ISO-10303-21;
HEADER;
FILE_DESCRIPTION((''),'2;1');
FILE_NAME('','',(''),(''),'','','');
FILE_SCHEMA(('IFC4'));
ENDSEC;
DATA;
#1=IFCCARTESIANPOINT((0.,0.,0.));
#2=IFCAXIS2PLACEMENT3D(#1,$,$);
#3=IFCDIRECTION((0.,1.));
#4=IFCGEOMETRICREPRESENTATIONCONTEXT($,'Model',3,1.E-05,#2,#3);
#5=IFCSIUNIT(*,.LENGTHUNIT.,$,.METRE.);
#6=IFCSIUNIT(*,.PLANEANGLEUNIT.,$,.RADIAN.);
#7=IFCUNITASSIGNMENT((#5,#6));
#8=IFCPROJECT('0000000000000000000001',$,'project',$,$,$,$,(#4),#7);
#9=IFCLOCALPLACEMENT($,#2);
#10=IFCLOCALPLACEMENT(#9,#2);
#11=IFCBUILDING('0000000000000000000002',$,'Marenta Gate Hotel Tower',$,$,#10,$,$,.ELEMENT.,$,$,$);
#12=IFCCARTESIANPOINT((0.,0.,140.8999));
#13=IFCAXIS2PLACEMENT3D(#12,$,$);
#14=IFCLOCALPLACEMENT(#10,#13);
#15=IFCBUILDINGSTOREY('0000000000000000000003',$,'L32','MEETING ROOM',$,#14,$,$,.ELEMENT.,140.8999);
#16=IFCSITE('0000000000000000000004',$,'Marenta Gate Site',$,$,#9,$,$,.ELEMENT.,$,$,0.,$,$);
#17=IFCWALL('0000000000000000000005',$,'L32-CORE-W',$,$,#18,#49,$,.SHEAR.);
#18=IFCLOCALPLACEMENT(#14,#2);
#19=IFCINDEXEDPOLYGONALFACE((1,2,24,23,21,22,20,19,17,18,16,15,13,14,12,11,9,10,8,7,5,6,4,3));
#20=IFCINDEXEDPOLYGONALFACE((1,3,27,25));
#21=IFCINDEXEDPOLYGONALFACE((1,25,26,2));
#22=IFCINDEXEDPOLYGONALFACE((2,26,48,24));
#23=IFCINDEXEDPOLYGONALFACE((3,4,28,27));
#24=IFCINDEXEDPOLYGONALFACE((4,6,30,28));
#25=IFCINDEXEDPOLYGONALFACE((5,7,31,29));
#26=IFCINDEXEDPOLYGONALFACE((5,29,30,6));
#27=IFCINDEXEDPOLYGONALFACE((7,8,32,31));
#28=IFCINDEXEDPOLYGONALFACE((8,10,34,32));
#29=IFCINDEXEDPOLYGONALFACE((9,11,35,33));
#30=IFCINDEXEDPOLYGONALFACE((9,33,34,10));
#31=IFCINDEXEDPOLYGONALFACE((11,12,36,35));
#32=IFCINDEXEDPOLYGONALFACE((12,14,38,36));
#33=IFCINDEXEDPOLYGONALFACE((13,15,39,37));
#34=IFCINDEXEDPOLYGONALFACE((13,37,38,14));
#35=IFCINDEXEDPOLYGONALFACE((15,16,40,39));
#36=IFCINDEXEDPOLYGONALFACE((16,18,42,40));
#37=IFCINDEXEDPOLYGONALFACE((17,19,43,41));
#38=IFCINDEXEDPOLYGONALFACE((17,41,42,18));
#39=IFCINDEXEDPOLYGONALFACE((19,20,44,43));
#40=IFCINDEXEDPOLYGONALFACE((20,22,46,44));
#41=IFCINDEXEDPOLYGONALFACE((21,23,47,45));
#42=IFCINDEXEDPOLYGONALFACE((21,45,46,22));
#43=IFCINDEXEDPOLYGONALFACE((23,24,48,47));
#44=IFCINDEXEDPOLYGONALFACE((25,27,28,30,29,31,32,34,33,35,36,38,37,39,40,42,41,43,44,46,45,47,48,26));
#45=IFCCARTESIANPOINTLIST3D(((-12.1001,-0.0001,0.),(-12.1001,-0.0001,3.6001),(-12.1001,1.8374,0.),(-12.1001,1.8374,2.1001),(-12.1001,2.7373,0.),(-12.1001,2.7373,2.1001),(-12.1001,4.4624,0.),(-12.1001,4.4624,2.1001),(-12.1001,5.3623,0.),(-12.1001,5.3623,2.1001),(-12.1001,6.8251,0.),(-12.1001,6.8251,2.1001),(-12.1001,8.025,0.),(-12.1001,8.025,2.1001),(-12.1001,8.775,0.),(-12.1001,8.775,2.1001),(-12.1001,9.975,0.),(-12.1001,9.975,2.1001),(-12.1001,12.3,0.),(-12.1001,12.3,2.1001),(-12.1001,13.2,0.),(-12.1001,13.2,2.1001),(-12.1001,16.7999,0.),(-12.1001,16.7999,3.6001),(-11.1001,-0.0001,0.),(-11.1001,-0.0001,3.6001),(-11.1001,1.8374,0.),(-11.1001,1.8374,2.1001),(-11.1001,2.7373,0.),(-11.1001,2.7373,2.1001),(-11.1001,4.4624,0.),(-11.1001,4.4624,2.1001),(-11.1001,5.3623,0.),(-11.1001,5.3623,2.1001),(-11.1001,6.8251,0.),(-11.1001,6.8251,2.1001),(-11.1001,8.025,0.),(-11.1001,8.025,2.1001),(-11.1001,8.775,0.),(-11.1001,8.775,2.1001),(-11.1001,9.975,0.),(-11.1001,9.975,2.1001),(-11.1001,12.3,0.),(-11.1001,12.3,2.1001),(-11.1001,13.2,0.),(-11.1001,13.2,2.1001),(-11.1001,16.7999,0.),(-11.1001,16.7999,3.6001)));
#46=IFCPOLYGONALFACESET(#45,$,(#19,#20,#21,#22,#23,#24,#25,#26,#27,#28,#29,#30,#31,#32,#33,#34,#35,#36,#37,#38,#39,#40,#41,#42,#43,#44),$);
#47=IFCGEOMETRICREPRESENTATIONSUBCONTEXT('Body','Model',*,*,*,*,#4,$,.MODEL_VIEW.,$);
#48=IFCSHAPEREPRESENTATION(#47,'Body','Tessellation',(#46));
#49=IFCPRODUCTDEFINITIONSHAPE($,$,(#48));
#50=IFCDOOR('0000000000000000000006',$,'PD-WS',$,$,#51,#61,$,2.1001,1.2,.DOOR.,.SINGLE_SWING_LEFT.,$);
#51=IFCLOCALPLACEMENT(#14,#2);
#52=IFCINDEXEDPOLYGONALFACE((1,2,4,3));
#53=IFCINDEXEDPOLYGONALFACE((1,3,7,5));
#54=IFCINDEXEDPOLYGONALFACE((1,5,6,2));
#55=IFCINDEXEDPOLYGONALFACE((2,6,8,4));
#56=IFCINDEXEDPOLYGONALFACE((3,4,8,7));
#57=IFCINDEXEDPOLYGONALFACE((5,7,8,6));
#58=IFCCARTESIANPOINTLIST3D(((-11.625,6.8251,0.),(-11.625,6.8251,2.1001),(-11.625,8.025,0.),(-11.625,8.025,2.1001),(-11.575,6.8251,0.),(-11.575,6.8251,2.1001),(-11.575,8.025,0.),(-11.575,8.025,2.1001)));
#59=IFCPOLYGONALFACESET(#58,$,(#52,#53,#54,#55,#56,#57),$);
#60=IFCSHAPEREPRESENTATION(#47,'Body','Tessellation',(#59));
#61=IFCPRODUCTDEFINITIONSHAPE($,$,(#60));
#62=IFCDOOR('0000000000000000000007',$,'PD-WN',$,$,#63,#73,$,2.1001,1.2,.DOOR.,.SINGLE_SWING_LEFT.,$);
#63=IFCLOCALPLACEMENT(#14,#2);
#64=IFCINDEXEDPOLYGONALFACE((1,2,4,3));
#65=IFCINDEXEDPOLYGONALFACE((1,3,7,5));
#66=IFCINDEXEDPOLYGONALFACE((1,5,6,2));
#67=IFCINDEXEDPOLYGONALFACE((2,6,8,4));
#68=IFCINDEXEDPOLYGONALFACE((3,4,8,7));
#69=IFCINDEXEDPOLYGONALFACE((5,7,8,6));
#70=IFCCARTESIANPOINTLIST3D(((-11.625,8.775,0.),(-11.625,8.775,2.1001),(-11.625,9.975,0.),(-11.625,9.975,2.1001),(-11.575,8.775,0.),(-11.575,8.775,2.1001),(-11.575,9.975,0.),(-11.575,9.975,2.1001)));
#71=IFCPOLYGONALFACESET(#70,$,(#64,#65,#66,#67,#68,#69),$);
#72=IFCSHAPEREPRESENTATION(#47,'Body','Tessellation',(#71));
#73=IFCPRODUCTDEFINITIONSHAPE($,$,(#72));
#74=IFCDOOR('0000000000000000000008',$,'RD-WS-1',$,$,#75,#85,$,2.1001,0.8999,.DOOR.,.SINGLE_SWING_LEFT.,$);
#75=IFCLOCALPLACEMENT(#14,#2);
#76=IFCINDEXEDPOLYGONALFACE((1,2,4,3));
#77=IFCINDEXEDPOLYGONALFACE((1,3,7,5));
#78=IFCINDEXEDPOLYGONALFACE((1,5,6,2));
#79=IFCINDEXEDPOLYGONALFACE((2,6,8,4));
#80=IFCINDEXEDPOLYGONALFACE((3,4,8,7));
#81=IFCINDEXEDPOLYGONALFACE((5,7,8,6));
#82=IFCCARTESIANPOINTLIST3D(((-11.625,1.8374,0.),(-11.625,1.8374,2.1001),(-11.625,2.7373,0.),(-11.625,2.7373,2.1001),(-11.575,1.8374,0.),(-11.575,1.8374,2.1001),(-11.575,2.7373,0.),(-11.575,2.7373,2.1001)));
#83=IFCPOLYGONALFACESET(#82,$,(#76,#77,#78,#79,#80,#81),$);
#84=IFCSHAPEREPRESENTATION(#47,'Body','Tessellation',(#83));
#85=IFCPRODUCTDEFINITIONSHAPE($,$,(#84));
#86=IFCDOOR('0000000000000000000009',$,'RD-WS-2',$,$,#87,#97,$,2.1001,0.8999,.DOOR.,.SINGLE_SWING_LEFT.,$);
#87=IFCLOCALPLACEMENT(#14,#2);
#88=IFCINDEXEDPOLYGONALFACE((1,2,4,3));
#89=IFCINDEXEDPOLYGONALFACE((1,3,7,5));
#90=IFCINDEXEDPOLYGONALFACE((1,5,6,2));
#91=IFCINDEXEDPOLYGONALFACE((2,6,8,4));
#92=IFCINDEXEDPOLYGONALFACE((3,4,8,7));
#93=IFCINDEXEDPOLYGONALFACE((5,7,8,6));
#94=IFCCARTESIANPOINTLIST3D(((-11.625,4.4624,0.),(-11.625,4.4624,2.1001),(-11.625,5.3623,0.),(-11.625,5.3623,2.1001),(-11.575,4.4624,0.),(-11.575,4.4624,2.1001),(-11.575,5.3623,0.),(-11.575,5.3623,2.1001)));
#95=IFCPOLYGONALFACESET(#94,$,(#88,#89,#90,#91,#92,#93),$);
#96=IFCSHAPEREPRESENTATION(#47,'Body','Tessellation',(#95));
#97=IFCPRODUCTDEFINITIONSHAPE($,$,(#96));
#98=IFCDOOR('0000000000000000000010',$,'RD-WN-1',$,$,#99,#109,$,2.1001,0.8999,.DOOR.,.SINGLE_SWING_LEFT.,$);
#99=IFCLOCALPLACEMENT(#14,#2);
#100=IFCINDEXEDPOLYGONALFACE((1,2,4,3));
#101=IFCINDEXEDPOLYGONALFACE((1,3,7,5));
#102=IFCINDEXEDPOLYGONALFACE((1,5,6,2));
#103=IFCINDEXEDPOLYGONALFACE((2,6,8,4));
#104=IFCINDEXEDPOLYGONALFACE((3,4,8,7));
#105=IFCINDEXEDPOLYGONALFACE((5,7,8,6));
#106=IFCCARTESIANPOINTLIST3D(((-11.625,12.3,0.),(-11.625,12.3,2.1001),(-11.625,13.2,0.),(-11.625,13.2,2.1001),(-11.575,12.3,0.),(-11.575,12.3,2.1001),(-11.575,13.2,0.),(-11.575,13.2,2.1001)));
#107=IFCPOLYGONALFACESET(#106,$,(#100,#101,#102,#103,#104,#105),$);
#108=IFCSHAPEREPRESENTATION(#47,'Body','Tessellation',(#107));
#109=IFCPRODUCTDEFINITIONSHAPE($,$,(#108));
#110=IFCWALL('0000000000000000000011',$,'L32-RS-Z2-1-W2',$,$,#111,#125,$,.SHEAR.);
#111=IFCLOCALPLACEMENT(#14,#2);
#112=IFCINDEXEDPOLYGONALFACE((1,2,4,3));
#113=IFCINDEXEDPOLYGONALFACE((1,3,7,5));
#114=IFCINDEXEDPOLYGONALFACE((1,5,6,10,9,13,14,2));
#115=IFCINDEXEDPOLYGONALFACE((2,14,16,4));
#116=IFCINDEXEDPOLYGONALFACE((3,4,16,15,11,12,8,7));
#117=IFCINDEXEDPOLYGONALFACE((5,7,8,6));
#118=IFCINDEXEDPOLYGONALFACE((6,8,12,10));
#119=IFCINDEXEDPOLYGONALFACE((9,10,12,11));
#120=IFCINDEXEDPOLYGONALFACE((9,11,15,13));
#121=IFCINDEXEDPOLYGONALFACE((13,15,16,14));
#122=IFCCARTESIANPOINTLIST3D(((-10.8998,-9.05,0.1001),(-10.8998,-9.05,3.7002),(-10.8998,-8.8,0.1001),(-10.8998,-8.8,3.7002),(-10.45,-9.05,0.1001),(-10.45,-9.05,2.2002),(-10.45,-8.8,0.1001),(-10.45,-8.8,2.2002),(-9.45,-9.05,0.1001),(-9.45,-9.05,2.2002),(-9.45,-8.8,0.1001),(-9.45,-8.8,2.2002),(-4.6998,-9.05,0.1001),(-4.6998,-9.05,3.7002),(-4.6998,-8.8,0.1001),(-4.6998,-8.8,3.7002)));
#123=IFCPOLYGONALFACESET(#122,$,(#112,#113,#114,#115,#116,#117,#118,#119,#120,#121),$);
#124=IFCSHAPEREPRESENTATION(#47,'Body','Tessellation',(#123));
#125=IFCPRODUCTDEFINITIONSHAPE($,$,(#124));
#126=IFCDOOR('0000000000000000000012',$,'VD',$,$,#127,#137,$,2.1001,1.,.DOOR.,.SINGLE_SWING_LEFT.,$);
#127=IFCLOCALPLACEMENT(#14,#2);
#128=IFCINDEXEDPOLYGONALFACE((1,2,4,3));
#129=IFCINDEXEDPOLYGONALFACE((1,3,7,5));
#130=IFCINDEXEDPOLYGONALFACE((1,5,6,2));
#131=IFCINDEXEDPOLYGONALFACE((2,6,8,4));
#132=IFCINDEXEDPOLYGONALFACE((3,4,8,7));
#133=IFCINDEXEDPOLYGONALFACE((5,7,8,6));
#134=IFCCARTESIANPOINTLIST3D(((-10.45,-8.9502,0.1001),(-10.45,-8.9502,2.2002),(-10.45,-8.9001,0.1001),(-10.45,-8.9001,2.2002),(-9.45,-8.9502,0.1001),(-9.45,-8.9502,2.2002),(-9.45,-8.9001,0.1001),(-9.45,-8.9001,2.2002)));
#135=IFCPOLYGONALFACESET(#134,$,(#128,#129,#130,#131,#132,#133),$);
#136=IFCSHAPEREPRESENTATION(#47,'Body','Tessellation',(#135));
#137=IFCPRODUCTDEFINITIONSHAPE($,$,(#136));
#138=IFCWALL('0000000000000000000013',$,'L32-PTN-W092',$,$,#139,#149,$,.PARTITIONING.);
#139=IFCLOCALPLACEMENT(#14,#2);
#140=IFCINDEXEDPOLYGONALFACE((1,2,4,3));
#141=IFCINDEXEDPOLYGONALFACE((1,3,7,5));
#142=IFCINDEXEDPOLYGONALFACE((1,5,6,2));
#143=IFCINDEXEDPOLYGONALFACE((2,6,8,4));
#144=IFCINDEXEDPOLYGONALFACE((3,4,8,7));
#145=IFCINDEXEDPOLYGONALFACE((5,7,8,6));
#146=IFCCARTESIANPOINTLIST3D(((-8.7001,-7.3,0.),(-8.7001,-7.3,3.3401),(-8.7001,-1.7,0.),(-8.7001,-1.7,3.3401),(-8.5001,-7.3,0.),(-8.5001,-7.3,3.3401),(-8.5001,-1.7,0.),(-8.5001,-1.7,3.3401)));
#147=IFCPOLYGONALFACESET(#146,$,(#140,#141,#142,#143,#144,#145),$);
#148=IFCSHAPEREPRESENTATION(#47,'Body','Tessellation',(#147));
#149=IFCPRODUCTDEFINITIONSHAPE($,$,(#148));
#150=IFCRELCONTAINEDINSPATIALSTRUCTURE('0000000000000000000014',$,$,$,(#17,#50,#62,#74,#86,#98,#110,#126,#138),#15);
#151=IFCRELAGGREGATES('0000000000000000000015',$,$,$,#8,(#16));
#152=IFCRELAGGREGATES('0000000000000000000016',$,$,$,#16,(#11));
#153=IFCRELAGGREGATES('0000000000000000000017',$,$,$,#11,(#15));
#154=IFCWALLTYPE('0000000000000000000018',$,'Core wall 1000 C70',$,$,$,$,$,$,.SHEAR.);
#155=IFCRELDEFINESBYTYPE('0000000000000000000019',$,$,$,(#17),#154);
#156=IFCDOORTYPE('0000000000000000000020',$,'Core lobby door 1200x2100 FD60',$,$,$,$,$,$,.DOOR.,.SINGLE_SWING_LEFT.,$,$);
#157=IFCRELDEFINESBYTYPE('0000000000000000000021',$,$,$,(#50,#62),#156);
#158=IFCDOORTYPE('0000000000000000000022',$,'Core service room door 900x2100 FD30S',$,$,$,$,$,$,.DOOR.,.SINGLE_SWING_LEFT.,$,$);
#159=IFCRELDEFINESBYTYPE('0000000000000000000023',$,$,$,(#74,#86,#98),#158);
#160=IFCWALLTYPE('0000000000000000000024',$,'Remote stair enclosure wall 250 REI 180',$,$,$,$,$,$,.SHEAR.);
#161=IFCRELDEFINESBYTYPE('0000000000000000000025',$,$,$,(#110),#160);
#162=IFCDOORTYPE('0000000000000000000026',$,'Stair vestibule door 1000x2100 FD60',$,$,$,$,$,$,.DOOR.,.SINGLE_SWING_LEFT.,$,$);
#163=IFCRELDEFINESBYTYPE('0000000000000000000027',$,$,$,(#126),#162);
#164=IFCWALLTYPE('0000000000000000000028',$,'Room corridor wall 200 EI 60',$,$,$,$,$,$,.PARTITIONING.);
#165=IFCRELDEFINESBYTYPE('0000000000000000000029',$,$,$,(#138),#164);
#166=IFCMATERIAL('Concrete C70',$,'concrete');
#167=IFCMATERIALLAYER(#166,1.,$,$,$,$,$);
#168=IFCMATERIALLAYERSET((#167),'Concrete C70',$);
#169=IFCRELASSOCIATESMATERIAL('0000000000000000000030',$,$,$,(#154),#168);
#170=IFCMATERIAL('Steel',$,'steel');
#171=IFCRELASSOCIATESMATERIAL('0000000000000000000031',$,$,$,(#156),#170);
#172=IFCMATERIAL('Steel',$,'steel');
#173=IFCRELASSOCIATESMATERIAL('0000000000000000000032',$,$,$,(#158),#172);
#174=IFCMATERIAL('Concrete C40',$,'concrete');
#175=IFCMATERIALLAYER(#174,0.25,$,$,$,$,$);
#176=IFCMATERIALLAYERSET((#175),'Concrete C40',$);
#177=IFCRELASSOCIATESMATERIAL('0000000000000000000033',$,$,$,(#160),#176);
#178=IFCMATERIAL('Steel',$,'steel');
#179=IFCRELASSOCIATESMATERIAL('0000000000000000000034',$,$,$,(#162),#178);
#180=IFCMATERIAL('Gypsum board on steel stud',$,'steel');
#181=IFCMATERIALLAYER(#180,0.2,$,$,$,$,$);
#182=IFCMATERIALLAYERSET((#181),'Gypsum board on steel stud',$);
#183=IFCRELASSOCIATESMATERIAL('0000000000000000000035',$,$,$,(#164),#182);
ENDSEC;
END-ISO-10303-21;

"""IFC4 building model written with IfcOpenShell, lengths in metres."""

from ifc_helpers import new_model, si_unit, direction, frame, frame_2d, origin, place, context, subcontext, project, spatial, rectangle, extrude, material, layer, layer_set, type_object, element, fill, save


model = new_model("IFC4")

# Units and contexts
model_context = context("Model", 3, precision=1e-05, world=origin(), true_north=direction((0.0, 1.0)))
body_context = subcontext(model_context, "Body", "Model", "MODEL_VIEW")
ifc_project = project(units=[si_unit("LENGTHUNIT", "METRE"), si_unit("PLANEANGLEUNIT", "RADIAN")], contexts=[model_context])

# Site, building, storey
site_placement = place(None, origin())
site = spatial("IfcSite", under=ifc_project, at=site_placement, Name="Marenta Gate Site", CompositionType="ELEMENT", RefElevation=0.0)
building_placement = place(site_placement, origin())
building = spatial("IfcBuilding", under=site, at=building_placement, Name="Marenta Gate Hotel Tower", CompositionType="ELEMENT")
storey_placement = place(building_placement, frame((0.0, 0.0, 140.8999)))
storey = spatial("IfcBuildingStorey", under=building, at=storey_placement, Name="L32", Description="MEETING ROOM", CompositionType="ELEMENT", Elevation=140.8999)

# Wall, openings, doors
ifc_material_1 = material(Name="Concrete C70", Category="concrete")
ifc_layer_1 = layer(ifc_material_1, 1.0)
ifc_layer_set_1 = layer_set([ifc_layer_1], Name="Concrete C70")
wall_type_1 = type_object("IfcWallType", Name="Core wall 1000 C70", PredefinedType="SHEAR", material=ifc_layer_set_1)
wall_1_placement = place(storey_placement, frame((-11.6001, 0.0, 0.0), z_axis=(0.0, 0.0, 1.0), x_axis=(0.0, 1.0, 0.0)))
wall_1 = element("IfcWall", 1, at=wall_1_placement, inside=storey, type_object=wall_type_1, Name="L32-CORE-W", PredefinedType="SHEAR", context=body_context, shape_type="SweptSolid", body=[
    extrude(rectangle(XDim=16.8, YDim=1.0, at=frame_2d((8.3999, 0.0))), origin(), (0.0, 0.0, 1.0), 3.6001),
])
opening_1_placement = place(wall_1_placement, frame((1.8374, 0.0, 0.0)))
opening_1 = element("IfcOpeningElement", 2, at=opening_1_placement, cuts=wall_1, PredefinedType="OPENING", context=body_context, shape_type="SweptSolid", body=[
    extrude(rectangle(XDim=0.8999, YDim=2.1001, at=frame_2d((0.45, 1.05))), frame((0.0, 0.5, 0.0), z_axis=(0.0, -1.0, 0.0), x_axis=(1.0, 0.0, 0.0)), (0.0, 0.0, 1.0), 1.0),
])
opening_2_placement = place(wall_1_placement, frame((4.4624, 0.0, 0.0)))
opening_2 = element("IfcOpeningElement", 3, at=opening_2_placement, cuts=wall_1, PredefinedType="OPENING", context=body_context, shape_type="SweptSolid", body=[
    extrude(rectangle(XDim=0.8999, YDim=2.1001, at=frame_2d((0.45, 1.05))), frame((0.0, 0.5, 0.0), z_axis=(0.0, -1.0, 0.0), x_axis=(1.0, 0.0, 0.0)), (0.0, 0.0, 1.0), 1.0),
])
opening_3_placement = place(wall_1_placement, frame((6.825, 0.0, 0.0)))
opening_3 = element("IfcOpeningElement", 4, at=opening_3_placement, cuts=wall_1, PredefinedType="OPENING", context=body_context, shape_type="SweptSolid", body=[
    extrude(rectangle(XDim=1.2, YDim=2.1001, at=frame_2d((0.6001, 1.05))), frame((0.0, 0.5, 0.0), z_axis=(0.0, -1.0, 0.0), x_axis=(1.0, 0.0, 0.0)), (0.0, 0.0, 1.0), 1.0),
])
opening_4_placement = place(wall_1_placement, frame((12.3, 0.0, 0.0)))
opening_4 = element("IfcOpeningElement", 5, at=opening_4_placement, cuts=wall_1, PredefinedType="OPENING", context=body_context, shape_type="SweptSolid", body=[
    extrude(rectangle(XDim=0.8999, YDim=2.1001, at=frame_2d((0.45, 1.05))), frame((0.0, 0.5, 0.0), z_axis=(0.0, -1.0, 0.0), x_axis=(1.0, 0.0, 0.0)), (0.0, 0.0, 1.0), 1.0),
])
opening_5_placement = place(wall_1_placement, frame((8.7749, 0.0, 0.0)))
opening_5 = element("IfcOpeningElement", 6, at=opening_5_placement, cuts=wall_1, PredefinedType="OPENING", context=body_context, shape_type="SweptSolid", body=[
    extrude(rectangle(XDim=1.2, YDim=2.1001, at=frame_2d((0.6001, 1.05))), frame((0.0, 0.5, 0.0), z_axis=(0.0, -1.0, 0.0), x_axis=(1.0, 0.0, 0.0)), (0.0, 0.0, 1.0), 1.0),
])
ifc_material_2 = material(Name="Steel", Category="steel")
door_type_1 = type_object("IfcDoorType", Name="Core lobby door 1200x2100 FD60", OperationType="SINGLE_SWING_LEFT", PredefinedType="DOOR", material=ifc_material_2)
door_1_placement = place(opening_3_placement, origin())
door_1 = element("IfcDoor", 7, at=door_1_placement, inside=storey, type_object=door_type_1, Name="PD-WS", OperationType="SINGLE_SWING_LEFT", OverallHeight=2.1001, OverallWidth=1.2, PredefinedType="DOOR", context=body_context, shape_type="SweptSolid", body=[
    extrude(rectangle(XDim=1.2, YDim=2.1001, at=frame_2d((0.6001, 1.05))), frame((0.0, 0.0249, 0.0), z_axis=(0.0, -1.0, 0.0), x_axis=(1.0, 0.0, 0.0)), (0.0, 0.0, 1.0), 0.05),
])
fill(opening_3, door_1)
door_2_placement = place(opening_5_placement, origin())
door_2 = element("IfcDoor", 8, at=door_2_placement, inside=storey, type_object=door_type_1, Name="PD-WN", OperationType="SINGLE_SWING_LEFT", OverallHeight=2.1001, OverallWidth=1.2, PredefinedType="DOOR", context=body_context, shape_type="SweptSolid", body=[
    extrude(rectangle(XDim=1.2, YDim=2.1001, at=frame_2d((0.6001, 1.05))), frame((0.0, 0.0249, 0.0), z_axis=(0.0, -1.0, 0.0), x_axis=(1.0, 0.0, 0.0)), (0.0, 0.0, 1.0), 0.05),
])
fill(opening_5, door_2)
ifc_material_3 = material(Name="Steel", Category="steel")
door_type_2 = type_object("IfcDoorType", Name="Core service room door 900x2100 FD30S", OperationType="SINGLE_SWING_LEFT", PredefinedType="DOOR", material=ifc_material_3)
door_3_placement = place(opening_1_placement, origin())
door_3 = element("IfcDoor", 9, at=door_3_placement, inside=storey, type_object=door_type_2, Name="RD-WS-1", OperationType="SINGLE_SWING_LEFT", OverallHeight=2.1001, OverallWidth=0.8999, PredefinedType="DOOR", context=body_context, shape_type="SweptSolid", body=[
    extrude(rectangle(XDim=0.8999, YDim=2.1001, at=frame_2d((0.45, 1.05))), frame((0.0, 0.0249, 0.0), z_axis=(0.0, -1.0, 0.0), x_axis=(1.0, 0.0, 0.0)), (0.0, 0.0, 1.0), 0.05),
])
fill(opening_1, door_3)
door_4_placement = place(opening_2_placement, origin())
door_4 = element("IfcDoor", 10, at=door_4_placement, inside=storey, type_object=door_type_2, Name="RD-WS-2", OperationType="SINGLE_SWING_LEFT", OverallHeight=2.1001, OverallWidth=0.8999, PredefinedType="DOOR", context=body_context, shape_type="SweptSolid", body=[
    extrude(rectangle(XDim=0.8999, YDim=2.1001, at=frame_2d((0.45, 1.05))), frame((0.0, 0.0249, 0.0), z_axis=(0.0, -1.0, 0.0), x_axis=(1.0, 0.0, 0.0)), (0.0, 0.0, 1.0), 0.05),
])
fill(opening_2, door_4)
door_5_placement = place(opening_4_placement, origin())
door_5 = element("IfcDoor", 11, at=door_5_placement, inside=storey, type_object=door_type_2, Name="RD-WN-1", OperationType="SINGLE_SWING_LEFT", OverallHeight=2.1001, OverallWidth=0.8999, PredefinedType="DOOR", context=body_context, shape_type="SweptSolid", body=[
    extrude(rectangle(XDim=0.8999, YDim=2.1001, at=frame_2d((0.45, 1.05))), frame((0.0, 0.0249, 0.0), z_axis=(0.0, -1.0, 0.0), x_axis=(1.0, 0.0, 0.0)), (0.0, 0.0, 1.0), 0.05),
])
fill(opening_4, door_5)

# Wall, opening, door
ifc_material_4 = material(Name="Concrete C40", Category="concrete")
ifc_layer_2 = layer(ifc_material_4, 0.25)
ifc_layer_set_2 = layer_set([ifc_layer_2], Name="Concrete C40")
wall_type_2 = type_object("IfcWallType", Name="Remote stair enclosure wall 250 REI 180", PredefinedType="SHEAR", material=ifc_layer_set_2)
wall_2_placement = place(storey_placement, frame((-10.8999, -8.925, 0.1001), z_axis=(0.0, 0.0, 1.0), x_axis=(1.0, 0.0, 0.0)))
wall_2 = element("IfcWall", 12, at=wall_2_placement, inside=storey, type_object=wall_type_2, Name="L32-RS-Z2-1-W2", PredefinedType="SHEAR", context=body_context, shape_type="SweptSolid", body=[
    extrude(rectangle(XDim=6.2, YDim=0.25, at=frame_2d((3.1001, 0.0))), origin(), (0.0, 0.0, 1.0), 3.6001),
])
opening_6_placement = place(wall_2_placement, frame((0.45, 0.0, 0.0)))
opening_6 = element("IfcOpeningElement", 13, at=opening_6_placement, cuts=wall_2, PredefinedType="OPENING", context=body_context, shape_type="SweptSolid", body=[
    extrude(rectangle(XDim=1.0, YDim=2.1001, at=frame_2d((0.5, 1.05))), frame((0.0, 0.125, 0.0), z_axis=(0.0, -1.0, 0.0), x_axis=(1.0, 0.0, 0.0)), (0.0, 0.0, 1.0), 0.25),
])
ifc_material_5 = material(Name="Steel", Category="steel")
door_type_3 = type_object("IfcDoorType", Name="Stair vestibule door 1000x2100 FD60", OperationType="SINGLE_SWING_LEFT", PredefinedType="DOOR", material=ifc_material_5)
door_6_placement = place(opening_6_placement, origin())
door_6 = element("IfcDoor", 14, at=door_6_placement, inside=storey, type_object=door_type_3, Name="VD", OperationType="SINGLE_SWING_LEFT", OverallHeight=2.1001, OverallWidth=1.0, PredefinedType="DOOR", context=body_context, shape_type="SweptSolid", body=[
    extrude(rectangle(XDim=1.0, YDim=2.1001, at=frame_2d((0.5, 1.05))), frame((0.0, 0.0249, 0.0), z_axis=(0.0, -1.0, 0.0), x_axis=(1.0, 0.0, 0.0)), (0.0, 0.0, 1.0), 0.05),
])
fill(opening_6, door_6)

# Wall
ifc_material_6 = material(Name="Gypsum board on steel stud", Category="steel")
ifc_layer_3 = layer(ifc_material_6, 0.2)
ifc_layer_set_3 = layer_set([ifc_layer_3], Name="Gypsum board on steel stud")
wall_type_3 = type_object("IfcWallType", Name="Room corridor wall 200 EI 60", PredefinedType="PARTITIONING", material=ifc_layer_set_3)
wall_3_placement = place(storey_placement, frame((-8.6001, -7.3, 0.0), z_axis=(0.0, 0.0, 1.0), x_axis=(0.0, 1.0, 0.0)))
element("IfcWall", 15, at=wall_3_placement, inside=storey, type_object=wall_type_3, Name="L32-PTN-W092", PredefinedType="PARTITIONING", context=body_context, shape_type="SweptSolid", body=[
    extrude(rectangle(XDim=5.6001, YDim=0.2, at=frame_2d((2.8, 0.0))), origin(), (0.0, 0.0, 1.0), 3.3401),
])

save(model, "model.ifc")
